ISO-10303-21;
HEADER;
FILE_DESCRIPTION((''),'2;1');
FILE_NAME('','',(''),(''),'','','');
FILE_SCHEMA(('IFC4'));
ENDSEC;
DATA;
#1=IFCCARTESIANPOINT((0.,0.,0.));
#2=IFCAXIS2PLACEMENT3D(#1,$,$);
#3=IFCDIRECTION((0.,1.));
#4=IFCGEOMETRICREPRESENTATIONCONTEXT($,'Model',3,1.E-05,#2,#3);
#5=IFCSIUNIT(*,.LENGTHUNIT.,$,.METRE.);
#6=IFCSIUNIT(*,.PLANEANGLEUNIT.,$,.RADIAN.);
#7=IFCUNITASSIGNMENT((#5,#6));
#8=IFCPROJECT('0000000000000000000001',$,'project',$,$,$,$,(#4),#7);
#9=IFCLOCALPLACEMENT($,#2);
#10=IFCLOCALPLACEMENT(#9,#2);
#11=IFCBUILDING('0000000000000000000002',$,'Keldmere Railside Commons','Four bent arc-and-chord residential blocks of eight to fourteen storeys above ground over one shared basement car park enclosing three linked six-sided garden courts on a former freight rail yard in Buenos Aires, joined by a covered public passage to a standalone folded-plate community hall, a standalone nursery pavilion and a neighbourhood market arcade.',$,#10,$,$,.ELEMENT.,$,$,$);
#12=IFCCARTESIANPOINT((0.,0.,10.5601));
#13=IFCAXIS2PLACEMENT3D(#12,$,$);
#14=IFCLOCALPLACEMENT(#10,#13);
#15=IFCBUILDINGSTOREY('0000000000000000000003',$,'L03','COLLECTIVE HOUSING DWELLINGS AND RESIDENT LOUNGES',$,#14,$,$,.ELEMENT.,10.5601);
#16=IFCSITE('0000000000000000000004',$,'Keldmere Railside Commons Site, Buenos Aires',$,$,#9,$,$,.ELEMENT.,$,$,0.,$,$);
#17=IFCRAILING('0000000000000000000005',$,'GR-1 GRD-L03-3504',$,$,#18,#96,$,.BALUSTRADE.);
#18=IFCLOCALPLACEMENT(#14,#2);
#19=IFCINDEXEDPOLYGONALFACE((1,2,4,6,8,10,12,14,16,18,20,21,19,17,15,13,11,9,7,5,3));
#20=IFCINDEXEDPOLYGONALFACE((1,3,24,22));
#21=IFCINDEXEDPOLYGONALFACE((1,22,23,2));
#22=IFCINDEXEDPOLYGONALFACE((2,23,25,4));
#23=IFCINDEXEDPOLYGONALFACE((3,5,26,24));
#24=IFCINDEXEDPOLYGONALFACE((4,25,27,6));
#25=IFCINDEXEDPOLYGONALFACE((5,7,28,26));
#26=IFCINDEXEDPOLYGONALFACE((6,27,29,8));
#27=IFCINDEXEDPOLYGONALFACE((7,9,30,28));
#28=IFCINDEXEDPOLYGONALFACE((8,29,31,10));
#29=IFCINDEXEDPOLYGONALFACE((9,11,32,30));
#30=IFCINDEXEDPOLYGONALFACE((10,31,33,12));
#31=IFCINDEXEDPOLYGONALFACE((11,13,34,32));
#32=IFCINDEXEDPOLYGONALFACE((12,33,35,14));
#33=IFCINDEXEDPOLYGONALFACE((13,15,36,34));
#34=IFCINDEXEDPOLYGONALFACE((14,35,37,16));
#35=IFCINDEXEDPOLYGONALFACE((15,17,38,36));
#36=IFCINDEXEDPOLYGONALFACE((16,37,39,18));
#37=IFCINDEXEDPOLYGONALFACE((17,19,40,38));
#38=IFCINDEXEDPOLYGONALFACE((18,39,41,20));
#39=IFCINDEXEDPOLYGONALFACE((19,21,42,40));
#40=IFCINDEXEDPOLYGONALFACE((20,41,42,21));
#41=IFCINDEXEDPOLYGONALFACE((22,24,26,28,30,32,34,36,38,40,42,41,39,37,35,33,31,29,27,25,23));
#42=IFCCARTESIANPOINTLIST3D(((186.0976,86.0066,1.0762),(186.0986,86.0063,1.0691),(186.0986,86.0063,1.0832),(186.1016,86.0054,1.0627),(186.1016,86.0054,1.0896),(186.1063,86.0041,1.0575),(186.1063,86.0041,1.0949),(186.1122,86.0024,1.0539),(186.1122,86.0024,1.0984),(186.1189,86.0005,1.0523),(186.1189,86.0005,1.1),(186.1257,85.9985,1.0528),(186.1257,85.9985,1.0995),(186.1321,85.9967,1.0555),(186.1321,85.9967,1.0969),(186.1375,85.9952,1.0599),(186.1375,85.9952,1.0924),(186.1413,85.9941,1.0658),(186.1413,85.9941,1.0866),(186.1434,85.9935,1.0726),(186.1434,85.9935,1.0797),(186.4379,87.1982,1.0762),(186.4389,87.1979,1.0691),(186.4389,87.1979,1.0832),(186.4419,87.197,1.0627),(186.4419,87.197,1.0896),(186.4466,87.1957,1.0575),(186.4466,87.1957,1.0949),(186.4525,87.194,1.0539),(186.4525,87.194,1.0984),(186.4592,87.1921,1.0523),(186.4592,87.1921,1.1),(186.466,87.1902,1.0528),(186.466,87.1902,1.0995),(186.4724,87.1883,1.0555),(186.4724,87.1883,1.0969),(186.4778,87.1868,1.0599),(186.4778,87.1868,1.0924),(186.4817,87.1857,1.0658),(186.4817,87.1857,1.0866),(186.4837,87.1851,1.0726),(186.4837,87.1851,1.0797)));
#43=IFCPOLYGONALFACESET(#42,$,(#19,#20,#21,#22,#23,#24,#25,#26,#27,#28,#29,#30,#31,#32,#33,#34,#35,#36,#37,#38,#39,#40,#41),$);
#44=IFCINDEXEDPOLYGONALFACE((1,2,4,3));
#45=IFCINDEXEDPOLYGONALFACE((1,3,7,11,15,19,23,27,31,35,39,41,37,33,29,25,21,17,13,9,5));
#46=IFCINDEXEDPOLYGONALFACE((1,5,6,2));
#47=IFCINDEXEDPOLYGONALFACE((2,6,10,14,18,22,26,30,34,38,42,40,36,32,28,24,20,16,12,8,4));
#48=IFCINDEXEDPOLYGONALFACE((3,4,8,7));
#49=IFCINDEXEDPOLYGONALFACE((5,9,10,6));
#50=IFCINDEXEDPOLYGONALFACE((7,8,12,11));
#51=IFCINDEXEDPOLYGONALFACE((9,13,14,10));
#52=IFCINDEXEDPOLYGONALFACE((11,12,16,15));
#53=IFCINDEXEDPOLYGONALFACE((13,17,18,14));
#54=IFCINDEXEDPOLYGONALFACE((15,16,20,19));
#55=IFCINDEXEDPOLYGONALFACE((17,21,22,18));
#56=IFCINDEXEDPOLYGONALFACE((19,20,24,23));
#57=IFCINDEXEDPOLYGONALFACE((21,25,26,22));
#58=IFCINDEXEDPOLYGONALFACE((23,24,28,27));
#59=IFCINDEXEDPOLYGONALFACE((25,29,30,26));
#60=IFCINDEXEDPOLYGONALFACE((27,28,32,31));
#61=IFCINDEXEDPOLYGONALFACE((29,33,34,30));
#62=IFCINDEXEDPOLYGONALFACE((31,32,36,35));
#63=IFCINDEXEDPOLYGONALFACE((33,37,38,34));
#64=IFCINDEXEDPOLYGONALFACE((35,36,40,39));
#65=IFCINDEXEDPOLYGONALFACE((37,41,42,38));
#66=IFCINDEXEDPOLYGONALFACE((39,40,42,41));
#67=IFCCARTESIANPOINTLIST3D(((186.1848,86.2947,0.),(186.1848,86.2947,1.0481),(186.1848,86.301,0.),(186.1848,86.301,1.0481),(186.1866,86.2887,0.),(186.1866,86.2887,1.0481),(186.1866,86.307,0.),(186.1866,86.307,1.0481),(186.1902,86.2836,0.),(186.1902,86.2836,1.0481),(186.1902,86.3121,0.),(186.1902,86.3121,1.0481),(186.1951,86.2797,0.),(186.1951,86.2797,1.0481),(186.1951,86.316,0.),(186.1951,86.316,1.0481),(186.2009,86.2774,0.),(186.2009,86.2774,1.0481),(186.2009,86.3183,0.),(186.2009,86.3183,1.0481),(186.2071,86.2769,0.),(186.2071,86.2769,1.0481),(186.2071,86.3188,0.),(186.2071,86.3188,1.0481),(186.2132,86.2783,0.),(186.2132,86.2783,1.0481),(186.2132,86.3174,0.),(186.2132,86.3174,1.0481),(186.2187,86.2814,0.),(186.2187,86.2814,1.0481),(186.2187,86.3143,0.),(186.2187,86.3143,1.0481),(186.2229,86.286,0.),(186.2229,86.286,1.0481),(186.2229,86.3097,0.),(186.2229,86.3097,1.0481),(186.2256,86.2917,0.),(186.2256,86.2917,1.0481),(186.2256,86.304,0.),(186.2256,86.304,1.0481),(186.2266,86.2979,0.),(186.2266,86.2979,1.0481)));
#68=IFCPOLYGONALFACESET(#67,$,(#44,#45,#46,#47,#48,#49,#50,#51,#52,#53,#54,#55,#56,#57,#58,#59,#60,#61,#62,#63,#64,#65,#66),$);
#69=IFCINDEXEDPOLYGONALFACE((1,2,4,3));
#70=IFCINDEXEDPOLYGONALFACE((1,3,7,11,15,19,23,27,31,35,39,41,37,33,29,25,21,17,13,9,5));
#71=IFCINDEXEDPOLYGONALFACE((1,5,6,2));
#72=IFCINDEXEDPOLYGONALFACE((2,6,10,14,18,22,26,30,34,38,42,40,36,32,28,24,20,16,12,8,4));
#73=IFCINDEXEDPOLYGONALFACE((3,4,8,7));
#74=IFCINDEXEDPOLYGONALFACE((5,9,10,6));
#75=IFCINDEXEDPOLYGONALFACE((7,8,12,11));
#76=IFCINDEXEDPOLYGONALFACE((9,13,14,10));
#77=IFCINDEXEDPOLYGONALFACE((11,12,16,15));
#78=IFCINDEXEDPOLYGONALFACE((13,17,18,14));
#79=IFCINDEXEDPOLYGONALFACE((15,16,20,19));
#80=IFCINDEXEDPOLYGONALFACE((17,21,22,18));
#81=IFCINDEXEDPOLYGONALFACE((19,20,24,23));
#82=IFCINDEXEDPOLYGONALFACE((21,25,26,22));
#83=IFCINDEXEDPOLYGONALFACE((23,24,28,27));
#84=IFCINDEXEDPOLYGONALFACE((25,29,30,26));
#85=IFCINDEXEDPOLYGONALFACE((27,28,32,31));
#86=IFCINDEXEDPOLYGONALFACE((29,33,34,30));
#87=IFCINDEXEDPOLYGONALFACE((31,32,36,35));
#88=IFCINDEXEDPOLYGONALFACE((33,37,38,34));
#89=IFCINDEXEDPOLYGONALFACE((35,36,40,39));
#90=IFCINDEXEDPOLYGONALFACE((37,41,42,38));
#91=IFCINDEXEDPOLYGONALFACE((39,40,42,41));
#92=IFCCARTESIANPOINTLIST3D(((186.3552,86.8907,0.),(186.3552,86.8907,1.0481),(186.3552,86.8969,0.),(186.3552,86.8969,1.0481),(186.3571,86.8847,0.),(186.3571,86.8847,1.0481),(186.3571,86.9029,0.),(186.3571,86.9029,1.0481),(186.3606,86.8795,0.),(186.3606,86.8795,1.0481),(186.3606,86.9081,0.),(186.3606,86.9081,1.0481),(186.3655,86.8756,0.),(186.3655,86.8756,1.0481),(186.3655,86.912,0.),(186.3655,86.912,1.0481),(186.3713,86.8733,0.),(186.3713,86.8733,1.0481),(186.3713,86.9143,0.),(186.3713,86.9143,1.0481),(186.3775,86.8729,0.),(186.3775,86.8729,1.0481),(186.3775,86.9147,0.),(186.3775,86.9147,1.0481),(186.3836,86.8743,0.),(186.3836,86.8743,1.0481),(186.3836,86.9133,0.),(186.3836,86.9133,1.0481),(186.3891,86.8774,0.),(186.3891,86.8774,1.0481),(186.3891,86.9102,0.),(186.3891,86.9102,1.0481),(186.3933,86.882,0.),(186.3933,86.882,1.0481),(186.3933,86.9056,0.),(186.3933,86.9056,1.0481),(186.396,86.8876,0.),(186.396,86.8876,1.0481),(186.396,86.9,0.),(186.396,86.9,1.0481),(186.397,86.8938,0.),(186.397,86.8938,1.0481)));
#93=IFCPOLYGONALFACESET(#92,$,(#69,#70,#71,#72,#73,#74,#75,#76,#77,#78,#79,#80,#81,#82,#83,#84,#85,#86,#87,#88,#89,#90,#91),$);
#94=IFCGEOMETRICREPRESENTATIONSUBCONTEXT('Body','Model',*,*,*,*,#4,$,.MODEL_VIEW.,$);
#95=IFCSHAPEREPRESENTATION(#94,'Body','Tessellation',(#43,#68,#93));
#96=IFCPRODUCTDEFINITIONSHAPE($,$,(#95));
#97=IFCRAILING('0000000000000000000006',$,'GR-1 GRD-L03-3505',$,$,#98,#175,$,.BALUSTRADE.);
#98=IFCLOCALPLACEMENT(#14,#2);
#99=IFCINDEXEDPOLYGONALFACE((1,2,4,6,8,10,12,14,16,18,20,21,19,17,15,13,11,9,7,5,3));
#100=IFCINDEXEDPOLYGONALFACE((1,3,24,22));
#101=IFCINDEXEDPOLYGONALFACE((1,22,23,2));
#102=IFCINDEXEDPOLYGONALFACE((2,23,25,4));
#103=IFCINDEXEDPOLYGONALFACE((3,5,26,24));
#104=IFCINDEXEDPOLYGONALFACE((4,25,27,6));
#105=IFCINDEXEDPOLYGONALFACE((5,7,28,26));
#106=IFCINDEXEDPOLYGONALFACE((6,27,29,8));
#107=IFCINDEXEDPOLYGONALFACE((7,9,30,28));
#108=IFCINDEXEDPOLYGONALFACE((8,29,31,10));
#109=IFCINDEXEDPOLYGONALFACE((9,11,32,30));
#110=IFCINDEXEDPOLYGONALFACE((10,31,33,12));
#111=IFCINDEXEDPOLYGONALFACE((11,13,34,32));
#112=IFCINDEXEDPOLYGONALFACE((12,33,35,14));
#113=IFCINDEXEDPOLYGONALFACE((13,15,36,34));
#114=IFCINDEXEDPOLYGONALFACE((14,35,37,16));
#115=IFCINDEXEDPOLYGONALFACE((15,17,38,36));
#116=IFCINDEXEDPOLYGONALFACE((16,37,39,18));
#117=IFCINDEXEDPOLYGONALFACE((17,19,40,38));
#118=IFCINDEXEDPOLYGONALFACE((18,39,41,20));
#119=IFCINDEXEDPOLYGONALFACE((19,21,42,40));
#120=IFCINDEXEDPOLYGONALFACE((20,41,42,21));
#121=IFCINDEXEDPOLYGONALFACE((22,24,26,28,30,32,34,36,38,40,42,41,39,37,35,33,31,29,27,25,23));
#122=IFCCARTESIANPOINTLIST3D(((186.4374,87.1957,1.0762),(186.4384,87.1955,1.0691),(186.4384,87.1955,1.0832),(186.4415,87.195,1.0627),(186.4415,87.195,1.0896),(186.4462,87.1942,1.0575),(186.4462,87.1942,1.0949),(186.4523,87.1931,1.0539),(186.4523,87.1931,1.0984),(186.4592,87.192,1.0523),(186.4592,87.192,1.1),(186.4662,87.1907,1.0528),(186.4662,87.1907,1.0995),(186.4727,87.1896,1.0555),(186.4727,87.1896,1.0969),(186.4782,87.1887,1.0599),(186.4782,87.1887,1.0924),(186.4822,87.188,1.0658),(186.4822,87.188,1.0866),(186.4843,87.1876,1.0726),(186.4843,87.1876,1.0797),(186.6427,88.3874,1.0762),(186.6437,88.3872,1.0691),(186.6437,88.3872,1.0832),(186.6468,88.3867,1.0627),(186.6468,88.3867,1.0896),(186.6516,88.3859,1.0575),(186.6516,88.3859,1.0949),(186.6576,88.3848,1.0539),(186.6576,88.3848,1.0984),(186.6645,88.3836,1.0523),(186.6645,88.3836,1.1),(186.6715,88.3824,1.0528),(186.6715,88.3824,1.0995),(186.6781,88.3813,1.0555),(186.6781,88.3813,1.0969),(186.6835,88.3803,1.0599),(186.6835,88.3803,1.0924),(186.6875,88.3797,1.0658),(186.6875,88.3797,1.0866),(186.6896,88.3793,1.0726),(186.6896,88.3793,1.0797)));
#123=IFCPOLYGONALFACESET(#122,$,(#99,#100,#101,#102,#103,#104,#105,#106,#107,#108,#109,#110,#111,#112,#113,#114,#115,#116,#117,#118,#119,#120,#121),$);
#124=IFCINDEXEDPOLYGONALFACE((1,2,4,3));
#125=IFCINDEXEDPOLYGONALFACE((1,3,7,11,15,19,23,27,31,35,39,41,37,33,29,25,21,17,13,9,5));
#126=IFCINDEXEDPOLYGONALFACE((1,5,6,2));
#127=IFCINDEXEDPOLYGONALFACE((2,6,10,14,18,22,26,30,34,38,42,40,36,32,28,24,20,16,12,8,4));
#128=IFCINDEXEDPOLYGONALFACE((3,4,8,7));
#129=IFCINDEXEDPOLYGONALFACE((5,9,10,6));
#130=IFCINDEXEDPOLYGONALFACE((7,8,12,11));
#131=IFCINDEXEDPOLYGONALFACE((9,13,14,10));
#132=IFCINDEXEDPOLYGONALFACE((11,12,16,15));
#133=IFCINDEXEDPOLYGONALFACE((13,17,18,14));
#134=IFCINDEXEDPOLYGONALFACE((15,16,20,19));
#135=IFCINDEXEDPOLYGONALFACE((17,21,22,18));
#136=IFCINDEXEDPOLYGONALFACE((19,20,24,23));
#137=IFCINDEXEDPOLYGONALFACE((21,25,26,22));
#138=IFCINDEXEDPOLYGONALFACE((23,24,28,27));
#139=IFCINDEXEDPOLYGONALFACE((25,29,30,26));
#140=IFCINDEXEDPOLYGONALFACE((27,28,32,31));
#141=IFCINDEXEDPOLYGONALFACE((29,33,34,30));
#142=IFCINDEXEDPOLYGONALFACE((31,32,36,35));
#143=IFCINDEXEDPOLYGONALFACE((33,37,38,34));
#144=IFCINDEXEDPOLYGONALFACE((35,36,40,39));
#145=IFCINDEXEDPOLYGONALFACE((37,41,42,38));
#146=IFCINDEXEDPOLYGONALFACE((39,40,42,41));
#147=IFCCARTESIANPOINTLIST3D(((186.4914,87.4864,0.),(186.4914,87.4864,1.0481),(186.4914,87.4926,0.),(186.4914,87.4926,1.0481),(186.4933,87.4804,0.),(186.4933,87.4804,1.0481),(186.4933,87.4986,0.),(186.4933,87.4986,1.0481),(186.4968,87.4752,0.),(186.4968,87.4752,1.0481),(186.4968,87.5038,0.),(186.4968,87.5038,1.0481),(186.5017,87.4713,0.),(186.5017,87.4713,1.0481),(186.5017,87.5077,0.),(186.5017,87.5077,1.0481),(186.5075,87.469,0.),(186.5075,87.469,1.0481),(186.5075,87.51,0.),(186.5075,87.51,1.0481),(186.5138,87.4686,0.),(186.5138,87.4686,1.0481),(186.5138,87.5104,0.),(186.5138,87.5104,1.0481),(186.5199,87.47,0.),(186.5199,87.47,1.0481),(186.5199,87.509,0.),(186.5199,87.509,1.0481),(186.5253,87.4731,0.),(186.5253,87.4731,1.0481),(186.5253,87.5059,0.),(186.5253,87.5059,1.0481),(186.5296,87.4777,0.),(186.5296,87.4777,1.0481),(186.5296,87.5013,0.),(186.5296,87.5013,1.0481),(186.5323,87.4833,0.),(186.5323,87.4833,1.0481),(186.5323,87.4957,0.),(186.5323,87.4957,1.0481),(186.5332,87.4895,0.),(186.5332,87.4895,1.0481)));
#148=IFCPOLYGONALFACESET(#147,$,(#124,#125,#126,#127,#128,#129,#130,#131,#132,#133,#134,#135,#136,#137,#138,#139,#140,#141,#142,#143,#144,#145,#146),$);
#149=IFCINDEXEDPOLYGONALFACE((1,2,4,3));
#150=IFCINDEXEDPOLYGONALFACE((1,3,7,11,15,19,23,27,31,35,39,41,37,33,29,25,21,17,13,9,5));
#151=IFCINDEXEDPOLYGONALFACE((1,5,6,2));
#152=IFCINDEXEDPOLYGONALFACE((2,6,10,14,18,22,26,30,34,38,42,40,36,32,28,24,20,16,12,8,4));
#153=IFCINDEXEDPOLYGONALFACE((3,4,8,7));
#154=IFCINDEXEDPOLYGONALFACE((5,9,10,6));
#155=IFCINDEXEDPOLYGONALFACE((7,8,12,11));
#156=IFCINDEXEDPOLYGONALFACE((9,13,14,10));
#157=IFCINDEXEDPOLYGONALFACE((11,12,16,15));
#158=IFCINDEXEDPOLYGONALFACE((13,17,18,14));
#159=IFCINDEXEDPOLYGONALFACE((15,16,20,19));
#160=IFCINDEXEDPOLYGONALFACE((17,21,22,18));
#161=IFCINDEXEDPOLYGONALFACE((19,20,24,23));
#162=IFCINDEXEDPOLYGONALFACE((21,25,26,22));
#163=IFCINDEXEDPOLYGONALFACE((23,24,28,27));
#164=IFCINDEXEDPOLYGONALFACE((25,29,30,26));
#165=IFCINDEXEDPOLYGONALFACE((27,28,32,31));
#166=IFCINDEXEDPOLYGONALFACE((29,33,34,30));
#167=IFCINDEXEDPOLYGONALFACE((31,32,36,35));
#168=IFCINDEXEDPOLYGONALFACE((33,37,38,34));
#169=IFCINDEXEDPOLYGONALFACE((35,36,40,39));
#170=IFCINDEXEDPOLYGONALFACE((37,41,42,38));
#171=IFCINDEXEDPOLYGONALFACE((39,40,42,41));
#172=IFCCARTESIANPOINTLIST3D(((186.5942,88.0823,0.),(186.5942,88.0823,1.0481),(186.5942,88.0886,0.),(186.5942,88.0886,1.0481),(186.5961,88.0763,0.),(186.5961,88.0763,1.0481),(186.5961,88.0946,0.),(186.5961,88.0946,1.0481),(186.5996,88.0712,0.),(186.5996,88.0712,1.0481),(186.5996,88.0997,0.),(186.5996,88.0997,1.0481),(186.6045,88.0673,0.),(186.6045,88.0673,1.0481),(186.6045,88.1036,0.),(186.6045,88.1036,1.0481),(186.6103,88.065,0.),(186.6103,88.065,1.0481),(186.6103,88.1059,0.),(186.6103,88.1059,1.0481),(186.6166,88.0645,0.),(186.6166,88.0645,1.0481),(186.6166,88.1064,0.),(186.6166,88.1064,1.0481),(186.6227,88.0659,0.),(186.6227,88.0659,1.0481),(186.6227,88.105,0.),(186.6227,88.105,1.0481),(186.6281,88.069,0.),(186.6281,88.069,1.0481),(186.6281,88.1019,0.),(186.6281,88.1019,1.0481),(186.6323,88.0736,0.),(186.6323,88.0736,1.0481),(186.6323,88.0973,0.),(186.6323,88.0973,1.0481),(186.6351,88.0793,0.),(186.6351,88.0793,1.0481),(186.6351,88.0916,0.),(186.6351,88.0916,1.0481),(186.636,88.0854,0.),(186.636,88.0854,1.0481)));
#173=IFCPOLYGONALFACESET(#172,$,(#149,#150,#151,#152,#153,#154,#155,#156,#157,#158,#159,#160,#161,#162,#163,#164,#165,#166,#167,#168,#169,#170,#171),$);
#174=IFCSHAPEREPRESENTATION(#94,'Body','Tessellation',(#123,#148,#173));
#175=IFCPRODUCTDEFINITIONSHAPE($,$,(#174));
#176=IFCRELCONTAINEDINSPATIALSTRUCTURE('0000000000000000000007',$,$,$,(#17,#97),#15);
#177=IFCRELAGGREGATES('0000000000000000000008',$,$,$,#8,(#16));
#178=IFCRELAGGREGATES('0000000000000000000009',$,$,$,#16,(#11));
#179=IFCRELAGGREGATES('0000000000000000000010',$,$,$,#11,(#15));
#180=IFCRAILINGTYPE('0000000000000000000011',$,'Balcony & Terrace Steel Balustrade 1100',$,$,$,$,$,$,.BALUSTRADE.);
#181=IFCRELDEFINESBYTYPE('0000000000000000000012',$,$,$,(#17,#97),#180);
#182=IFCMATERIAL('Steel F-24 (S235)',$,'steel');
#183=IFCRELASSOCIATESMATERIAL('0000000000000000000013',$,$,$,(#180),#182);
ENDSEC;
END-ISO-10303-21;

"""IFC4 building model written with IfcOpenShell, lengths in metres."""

from ifc_helpers import new_model, si_unit, direction, frame, origin, origin_2d, place, context, subcontext, project, spatial, circle, extrude, material, type_object, element, save


model = new_model("IFC4")

# Units and contexts
model_context = context("Model", 3, precision=1e-05, world=origin(), true_north=direction((0.0, 1.0)))
body_context = subcontext(model_context, "Body", "Model", "MODEL_VIEW")
ifc_project = project(units=[si_unit("LENGTHUNIT", "METRE"), si_unit("PLANEANGLEUNIT", "RADIAN")], contexts=[model_context])

# Site, building, storey
site_placement = place(None, origin())
site = spatial("IfcSite", under=ifc_project, at=site_placement, Name="Keldmere Railside Commons Site, Buenos Aires", CompositionType="ELEMENT", RefElevation=0.0)
building_placement = place(site_placement, origin())
building = spatial("IfcBuilding", under=site, at=building_placement, Name="Keldmere Railside Commons", Description="Four bent arc-and-chord residential blocks of eight to fourteen storeys above ground over one shared basement car park enclosing three linked six-sided garden courts on a former freight rail yard in Buenos Aires, joined by a covered public passage to a standalone folded-plate community hall, a standalone nursery pavilion and a neighbourhood market arcade.", CompositionType="ELEMENT")
storey_placement = place(building_placement, frame((0.0, 0.0, 10.5601)))
storey = spatial("IfcBuildingStorey", under=building, at=storey_placement, Name="L03", Description="COLLECTIVE HOUSING DWELLINGS AND RESIDENT LOUNGES", CompositionType="ELEMENT", Elevation=10.5601)

# Railings
ifc_material_1 = material(Name="Steel F-24 (S235)", Category="steel")
railing_type = type_object("IfcRailingType", Name="Balcony & Terrace Steel Balustrade 1100", PredefinedType="BALUSTRADE", material=ifc_material_1)
railing_1_placement = place(storey_placement, frame((186.1206, 86.0, 0.0)))
element("IfcRailing", 1, at=railing_1_placement, inside=storey, type_object=railing_type, Name="GR-1 GRD-L03-3504", PredefinedType="BALUSTRADE", context=body_context, shape_type="SweptSolid", body=[
    extrude(circle(Radius=0.0239, at=origin_2d()), frame((0.0, 0.0, 1.0762), z_axis=(0.274617, 0.961554, 0.0), x_axis=(-0.961554, 0.274617, 0.0)), (0.0, 0.0, 1.0), 1.2393),
    extrude(circle(Radius=0.021, at=origin_2d()), frame((0.085, 0.2979, 0.0)), (0.0, 0.0, 1.0), 1.0481),
    extrude(circle(Radius=0.021, at=origin_2d()), frame((0.2554, 0.8938, 0.0)), (0.0, 0.0, 1.0), 1.0481),
])
railing_2_placement = place(storey_placement, frame((186.4609, 87.1917, 0.0)))
element("IfcRailing", 2, at=railing_2_placement, inside=storey, type_object=railing_type, Name="GR-1 GRD-L03-3505", PredefinedType="BALUSTRADE", context=body_context, shape_type="SweptSolid", body=[
    extrude(circle(Radius=0.0239, at=origin_2d()), frame((0.0, 0.0, 1.0762), z_axis=(0.169799, 0.985479, 0.0), x_axis=(-0.985479, 0.169799, 0.0)), (0.0, 0.0, 1.0), 1.2092),
    extrude(circle(Radius=0.021, at=origin_2d()), frame((0.0513, 0.2979, 0.0)), (0.0, 0.0, 1.0), 1.0481),
    extrude(circle(Radius=0.021, at=origin_2d()), frame((0.1541, 0.8938, 0.0)), (0.0, 0.0, 1.0), 1.0481),
])

save(model, "model.ifc")
